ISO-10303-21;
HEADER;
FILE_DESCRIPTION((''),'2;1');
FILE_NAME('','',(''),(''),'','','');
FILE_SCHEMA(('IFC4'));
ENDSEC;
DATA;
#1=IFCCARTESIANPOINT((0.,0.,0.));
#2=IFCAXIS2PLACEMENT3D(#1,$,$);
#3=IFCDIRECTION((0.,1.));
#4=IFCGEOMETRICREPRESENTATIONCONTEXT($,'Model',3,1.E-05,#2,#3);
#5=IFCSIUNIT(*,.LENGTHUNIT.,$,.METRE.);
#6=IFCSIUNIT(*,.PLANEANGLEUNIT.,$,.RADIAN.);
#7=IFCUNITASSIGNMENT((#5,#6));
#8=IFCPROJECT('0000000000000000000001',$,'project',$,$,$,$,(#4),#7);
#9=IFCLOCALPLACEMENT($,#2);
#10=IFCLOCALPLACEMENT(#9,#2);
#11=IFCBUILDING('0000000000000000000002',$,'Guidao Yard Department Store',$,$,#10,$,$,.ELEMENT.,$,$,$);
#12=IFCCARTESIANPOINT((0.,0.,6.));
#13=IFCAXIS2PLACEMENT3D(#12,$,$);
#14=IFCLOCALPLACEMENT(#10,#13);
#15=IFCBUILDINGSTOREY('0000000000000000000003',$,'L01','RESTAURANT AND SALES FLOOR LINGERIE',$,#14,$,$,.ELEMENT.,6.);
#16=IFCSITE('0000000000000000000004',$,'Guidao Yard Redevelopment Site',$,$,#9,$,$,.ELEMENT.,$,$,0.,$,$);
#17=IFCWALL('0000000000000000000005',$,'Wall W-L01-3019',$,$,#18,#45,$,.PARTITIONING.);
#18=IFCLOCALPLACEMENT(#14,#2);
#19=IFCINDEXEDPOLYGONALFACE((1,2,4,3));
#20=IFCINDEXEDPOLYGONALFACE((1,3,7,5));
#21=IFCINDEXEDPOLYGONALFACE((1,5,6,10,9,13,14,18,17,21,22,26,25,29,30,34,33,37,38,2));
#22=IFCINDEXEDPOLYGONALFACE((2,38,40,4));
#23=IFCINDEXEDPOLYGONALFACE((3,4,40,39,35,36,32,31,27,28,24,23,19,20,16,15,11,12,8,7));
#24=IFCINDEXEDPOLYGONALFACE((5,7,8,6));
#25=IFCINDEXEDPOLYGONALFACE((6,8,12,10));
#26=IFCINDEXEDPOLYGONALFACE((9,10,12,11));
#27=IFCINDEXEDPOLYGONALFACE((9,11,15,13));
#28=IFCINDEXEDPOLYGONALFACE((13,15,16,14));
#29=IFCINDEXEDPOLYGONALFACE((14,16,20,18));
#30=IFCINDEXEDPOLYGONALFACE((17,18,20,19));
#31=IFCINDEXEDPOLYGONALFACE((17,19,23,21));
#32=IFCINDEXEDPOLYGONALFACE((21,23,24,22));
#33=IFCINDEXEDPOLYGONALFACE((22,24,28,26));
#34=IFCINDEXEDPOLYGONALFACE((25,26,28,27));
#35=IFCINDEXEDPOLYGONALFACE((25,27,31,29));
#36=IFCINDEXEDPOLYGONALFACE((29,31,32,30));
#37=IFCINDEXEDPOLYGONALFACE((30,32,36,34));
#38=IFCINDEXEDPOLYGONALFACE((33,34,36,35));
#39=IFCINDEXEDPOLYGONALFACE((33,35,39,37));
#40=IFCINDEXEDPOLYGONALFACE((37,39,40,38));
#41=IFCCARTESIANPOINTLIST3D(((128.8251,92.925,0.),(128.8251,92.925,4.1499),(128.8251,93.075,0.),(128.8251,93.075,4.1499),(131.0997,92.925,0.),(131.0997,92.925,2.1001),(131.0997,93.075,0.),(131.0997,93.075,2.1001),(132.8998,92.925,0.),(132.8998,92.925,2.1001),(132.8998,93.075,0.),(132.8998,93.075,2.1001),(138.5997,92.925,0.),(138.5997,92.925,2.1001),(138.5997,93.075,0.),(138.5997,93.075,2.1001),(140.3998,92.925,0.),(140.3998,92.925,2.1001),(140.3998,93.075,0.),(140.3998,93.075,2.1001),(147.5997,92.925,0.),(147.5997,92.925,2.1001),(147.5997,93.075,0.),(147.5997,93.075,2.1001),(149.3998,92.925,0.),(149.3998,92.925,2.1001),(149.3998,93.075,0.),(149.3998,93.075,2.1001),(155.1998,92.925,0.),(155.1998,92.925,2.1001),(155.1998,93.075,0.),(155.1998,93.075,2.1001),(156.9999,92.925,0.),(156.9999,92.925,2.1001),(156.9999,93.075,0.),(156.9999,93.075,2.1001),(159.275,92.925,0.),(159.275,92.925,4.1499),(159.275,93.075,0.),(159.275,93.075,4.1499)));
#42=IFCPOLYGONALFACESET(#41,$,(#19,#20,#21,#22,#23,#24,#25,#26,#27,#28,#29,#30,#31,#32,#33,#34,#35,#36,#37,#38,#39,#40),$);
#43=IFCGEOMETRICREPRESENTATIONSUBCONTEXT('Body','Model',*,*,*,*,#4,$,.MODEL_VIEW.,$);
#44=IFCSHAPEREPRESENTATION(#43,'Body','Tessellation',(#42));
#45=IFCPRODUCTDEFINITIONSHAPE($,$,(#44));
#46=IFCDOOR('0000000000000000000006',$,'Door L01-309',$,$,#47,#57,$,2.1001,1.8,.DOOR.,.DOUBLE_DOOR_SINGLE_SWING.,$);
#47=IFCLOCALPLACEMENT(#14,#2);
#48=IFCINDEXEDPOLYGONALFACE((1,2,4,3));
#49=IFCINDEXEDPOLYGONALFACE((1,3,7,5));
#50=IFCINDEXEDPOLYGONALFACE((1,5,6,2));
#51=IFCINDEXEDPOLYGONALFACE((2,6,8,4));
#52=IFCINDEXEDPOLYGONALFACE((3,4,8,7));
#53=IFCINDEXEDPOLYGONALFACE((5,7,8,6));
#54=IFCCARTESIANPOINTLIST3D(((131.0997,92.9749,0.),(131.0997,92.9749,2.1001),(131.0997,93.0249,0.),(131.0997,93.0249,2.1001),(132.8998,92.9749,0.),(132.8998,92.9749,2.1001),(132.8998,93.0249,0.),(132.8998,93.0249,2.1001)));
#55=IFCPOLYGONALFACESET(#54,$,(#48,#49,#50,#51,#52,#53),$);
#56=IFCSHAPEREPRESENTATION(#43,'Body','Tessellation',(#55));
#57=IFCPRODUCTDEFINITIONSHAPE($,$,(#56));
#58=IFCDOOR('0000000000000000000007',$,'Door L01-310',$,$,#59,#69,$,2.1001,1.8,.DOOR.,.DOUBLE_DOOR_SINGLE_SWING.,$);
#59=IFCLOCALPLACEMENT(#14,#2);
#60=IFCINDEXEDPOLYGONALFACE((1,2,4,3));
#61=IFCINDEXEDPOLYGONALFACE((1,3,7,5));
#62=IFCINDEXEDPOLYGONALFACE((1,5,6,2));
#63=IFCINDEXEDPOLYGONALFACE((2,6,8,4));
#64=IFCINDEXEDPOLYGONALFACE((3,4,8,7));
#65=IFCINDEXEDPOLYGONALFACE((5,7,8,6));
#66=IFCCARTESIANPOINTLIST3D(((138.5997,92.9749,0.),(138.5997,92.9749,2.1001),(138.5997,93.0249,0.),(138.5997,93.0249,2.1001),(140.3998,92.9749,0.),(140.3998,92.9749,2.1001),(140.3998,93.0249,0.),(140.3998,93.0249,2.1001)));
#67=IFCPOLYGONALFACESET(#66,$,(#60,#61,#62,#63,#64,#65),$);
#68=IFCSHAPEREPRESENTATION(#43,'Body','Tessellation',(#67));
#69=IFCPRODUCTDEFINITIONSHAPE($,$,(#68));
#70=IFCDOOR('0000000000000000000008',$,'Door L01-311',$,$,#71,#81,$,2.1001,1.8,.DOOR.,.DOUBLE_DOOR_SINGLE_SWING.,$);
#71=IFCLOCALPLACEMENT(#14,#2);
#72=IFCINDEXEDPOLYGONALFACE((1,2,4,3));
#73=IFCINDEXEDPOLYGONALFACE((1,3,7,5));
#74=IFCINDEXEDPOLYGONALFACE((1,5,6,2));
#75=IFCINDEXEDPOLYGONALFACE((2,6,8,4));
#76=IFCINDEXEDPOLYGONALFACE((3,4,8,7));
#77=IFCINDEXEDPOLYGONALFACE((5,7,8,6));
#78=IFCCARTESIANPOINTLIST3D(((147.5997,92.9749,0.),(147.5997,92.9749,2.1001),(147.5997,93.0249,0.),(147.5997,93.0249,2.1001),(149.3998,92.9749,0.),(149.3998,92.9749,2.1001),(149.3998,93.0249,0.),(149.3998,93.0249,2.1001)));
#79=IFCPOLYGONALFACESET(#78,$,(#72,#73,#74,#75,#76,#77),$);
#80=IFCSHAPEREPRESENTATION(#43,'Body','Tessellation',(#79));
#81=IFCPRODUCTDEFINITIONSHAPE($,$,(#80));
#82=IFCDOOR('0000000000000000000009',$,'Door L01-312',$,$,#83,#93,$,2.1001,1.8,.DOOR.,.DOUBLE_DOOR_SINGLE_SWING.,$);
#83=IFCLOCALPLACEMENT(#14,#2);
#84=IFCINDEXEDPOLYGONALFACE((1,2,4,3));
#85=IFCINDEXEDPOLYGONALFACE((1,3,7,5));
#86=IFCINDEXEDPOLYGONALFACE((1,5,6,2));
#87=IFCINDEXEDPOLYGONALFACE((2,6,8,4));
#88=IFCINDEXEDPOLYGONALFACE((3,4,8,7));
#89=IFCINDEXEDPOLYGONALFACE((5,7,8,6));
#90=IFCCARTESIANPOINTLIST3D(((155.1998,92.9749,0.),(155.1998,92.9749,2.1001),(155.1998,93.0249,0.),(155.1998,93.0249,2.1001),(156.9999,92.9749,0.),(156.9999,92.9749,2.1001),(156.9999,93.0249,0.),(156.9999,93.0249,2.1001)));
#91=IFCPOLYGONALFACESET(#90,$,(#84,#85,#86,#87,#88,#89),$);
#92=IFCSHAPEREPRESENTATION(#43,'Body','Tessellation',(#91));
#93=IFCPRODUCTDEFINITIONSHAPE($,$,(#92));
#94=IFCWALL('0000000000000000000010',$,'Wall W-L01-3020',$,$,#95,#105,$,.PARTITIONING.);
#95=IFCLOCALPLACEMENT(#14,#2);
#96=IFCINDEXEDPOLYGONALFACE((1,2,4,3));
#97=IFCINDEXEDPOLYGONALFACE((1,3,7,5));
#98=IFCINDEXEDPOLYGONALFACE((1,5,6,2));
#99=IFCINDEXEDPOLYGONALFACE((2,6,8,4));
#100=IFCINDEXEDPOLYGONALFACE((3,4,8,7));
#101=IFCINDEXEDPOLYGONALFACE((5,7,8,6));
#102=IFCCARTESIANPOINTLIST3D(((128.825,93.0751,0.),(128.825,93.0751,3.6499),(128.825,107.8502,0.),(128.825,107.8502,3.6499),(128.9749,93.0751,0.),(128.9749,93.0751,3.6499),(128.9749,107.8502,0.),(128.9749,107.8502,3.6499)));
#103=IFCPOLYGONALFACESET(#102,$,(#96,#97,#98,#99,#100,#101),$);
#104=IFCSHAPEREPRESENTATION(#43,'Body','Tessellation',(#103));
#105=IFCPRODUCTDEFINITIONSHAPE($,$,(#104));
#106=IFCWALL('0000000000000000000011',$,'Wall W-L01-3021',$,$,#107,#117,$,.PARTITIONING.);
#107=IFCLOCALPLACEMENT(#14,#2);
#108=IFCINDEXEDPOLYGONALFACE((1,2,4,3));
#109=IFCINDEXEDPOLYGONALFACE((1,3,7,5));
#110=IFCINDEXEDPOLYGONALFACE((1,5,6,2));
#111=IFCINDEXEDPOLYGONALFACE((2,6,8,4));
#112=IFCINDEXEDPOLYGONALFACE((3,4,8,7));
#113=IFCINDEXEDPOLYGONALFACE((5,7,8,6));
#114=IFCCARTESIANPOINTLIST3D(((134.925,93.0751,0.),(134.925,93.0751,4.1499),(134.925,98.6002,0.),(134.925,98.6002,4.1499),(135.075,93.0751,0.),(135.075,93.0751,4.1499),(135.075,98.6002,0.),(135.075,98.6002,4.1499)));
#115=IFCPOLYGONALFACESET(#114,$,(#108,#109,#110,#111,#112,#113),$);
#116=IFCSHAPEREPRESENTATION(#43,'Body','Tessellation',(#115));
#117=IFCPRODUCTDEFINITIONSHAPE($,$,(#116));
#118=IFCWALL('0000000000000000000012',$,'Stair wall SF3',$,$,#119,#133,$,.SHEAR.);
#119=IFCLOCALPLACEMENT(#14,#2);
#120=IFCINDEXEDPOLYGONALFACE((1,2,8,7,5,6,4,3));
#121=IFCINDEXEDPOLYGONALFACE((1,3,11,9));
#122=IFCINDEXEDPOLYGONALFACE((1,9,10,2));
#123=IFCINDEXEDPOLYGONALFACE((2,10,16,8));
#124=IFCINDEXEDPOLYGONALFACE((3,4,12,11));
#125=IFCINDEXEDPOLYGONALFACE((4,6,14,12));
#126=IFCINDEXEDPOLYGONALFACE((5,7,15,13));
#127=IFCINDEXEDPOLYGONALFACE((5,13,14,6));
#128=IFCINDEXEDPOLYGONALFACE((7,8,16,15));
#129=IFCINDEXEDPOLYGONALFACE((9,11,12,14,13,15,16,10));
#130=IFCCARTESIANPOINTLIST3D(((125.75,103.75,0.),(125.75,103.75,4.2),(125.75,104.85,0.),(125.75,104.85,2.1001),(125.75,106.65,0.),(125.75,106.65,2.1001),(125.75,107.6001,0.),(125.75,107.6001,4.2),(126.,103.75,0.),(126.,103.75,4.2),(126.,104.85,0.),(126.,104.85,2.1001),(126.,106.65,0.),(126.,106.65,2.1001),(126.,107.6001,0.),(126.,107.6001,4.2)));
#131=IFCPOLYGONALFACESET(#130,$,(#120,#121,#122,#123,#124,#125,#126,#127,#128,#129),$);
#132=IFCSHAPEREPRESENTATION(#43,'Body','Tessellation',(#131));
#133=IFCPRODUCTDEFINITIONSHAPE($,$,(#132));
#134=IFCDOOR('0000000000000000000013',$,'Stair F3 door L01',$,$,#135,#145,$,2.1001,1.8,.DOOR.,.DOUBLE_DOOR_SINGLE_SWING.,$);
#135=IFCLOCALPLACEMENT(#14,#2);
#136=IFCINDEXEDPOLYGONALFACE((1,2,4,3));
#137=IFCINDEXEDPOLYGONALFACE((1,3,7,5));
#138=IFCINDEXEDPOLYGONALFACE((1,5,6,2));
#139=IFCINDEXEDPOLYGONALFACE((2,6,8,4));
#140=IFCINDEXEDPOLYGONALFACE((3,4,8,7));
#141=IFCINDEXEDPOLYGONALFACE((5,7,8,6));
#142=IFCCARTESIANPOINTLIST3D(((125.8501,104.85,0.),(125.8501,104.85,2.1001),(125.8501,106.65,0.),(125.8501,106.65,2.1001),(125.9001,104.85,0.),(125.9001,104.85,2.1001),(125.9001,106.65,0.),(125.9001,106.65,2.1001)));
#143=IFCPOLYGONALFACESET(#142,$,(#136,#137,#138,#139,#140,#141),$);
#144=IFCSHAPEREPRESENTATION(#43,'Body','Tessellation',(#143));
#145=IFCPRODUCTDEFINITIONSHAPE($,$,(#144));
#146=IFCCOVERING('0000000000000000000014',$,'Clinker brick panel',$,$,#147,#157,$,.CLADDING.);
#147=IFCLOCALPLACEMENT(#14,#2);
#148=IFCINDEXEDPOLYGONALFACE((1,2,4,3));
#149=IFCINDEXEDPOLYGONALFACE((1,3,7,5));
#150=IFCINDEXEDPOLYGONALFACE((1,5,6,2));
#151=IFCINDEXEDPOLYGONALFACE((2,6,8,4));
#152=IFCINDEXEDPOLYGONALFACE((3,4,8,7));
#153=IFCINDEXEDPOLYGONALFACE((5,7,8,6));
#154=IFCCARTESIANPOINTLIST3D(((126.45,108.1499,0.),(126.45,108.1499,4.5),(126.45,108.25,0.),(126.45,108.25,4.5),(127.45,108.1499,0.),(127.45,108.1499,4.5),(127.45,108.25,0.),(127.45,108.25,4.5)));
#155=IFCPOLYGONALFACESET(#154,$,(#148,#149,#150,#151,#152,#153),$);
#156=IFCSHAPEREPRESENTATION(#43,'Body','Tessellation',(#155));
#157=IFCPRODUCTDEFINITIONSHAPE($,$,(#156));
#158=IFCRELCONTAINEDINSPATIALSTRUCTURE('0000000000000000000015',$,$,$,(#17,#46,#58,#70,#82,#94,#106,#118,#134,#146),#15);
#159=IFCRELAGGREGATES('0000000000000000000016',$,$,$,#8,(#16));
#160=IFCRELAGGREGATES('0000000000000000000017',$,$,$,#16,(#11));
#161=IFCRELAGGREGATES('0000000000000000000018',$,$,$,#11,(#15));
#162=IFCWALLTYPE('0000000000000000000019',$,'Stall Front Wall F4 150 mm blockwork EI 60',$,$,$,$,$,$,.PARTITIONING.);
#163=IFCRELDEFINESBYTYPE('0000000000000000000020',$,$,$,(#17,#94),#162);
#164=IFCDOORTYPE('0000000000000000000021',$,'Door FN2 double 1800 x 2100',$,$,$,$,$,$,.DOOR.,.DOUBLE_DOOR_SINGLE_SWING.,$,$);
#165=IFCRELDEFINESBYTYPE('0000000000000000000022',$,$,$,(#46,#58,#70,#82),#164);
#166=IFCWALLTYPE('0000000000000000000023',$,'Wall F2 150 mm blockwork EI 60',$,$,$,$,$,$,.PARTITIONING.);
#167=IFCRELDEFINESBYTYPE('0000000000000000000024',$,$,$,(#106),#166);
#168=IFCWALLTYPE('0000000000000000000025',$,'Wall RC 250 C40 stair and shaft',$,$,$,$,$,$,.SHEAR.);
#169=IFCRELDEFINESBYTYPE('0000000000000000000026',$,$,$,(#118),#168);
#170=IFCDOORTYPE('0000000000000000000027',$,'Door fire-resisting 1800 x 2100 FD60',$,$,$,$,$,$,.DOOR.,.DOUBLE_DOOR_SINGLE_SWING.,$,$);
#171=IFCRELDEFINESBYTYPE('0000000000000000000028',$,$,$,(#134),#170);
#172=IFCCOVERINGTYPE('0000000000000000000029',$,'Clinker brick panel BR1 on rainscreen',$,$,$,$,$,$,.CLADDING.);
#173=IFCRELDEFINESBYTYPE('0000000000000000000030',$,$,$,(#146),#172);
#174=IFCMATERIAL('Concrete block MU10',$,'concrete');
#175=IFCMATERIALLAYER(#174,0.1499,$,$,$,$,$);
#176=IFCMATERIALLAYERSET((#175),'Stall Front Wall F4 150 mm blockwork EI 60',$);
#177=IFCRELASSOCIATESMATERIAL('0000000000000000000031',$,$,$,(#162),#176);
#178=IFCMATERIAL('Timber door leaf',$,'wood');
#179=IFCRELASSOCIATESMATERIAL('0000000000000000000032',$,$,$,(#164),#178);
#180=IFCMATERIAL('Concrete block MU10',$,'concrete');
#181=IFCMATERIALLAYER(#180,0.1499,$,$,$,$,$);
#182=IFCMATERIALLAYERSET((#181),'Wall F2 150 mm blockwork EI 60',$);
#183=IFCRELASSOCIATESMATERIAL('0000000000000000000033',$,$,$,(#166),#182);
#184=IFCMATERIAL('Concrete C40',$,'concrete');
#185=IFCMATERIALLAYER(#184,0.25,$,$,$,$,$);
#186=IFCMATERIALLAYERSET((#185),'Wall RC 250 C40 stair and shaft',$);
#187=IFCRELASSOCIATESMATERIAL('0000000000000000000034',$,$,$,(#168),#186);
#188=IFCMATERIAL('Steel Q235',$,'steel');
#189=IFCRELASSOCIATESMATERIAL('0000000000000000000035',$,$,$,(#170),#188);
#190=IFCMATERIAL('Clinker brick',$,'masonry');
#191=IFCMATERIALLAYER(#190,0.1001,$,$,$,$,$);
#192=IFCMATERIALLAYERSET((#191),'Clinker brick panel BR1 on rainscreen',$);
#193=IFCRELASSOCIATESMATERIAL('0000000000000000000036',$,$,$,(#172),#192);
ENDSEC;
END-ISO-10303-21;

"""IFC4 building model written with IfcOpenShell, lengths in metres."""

from ifc_helpers import new_model, si_unit, direction, frame, frame_2d, origin, origin_2d, place, context, subcontext, project, spatial, rectangle, extrude, material, layer, layer_set, type_object, element, fill, save


model = new_model("IFC4")

# Units and contexts
model_context = context("Model", 3, precision=1e-05, world=origin(), true_north=direction((0.0, 1.0)))
body_context = subcontext(model_context, "Body", "Model", "MODEL_VIEW")
ifc_project = project(units=[si_unit("LENGTHUNIT", "METRE"), si_unit("PLANEANGLEUNIT", "RADIAN")], contexts=[model_context])

# Site, building, storey
site_placement = place(None, origin())
site = spatial("IfcSite", under=ifc_project, at=site_placement, Name="Guidao Yard Redevelopment Site", CompositionType="ELEMENT", RefElevation=0.0)
building_placement = place(site_placement, origin())
building = spatial("IfcBuilding", under=site, at=building_placement, Name="Guidao Yard Department Store", CompositionType="ELEMENT")
storey_placement = place(building_placement, frame((0.0, 0.0, 6.0)))
storey = spatial("IfcBuildingStorey", under=building, at=storey_placement, Name="L01", Description="RESTAURANT AND SALES FLOOR LINGERIE", CompositionType="ELEMENT", Elevation=6.0)

# Wall, openings, doors
ifc_material_1 = material(Name="Concrete block MU10", Category="concrete")
ifc_layer_1 = layer(ifc_material_1, 0.1499)
ifc_layer_set_1 = layer_set([ifc_layer_1], Name="Stall Front Wall F4 150 mm blockwork EI 60")
wall_type_1 = type_object("IfcWallType", Name="Stall Front Wall F4 150 mm blockwork EI 60", PredefinedType="PARTITIONING", material=ifc_layer_set_1)
wall_1_placement = place(storey_placement, frame((128.825, 93.0, 0.0), z_axis=(0.0, 0.0, 1.0), x_axis=(1.0, 0.0, 0.0)))
wall_1 = element("IfcWall", 1, at=wall_1_placement, inside=storey, type_object=wall_type_1, Name="Wall W-L01-3019", PredefinedType="PARTITIONING", context=body_context, shape_type="SweptSolid", body=[
    extrude(rectangle(XDim=30.45, YDim=0.1499, at=frame_2d((15.2251, 0.0))), origin(), (0.0, 0.0, 1.0), 4.1499),
])
opening_1_placement = place(wall_1_placement, frame((2.2749, 0.0, 0.0)))
opening_1 = element("IfcOpeningElement", 2, at=opening_1_placement, cuts=wall_1, PredefinedType="OPENING", context=body_context, shape_type="SweptSolid", body=[
    extrude(rectangle(XDim=1.8, YDim=2.1001, at=frame_2d((0.8999, 1.05))), frame((0.0, 0.085, 0.0), z_axis=(0.0, -1.0, 0.0), x_axis=(1.0, 0.0, 0.0)), (0.0, 0.0, 1.0), 0.1699),
])
opening_2_placement = place(wall_1_placement, frame((9.7749, 0.0, 0.0)))
opening_2 = element("IfcOpeningElement", 3, at=opening_2_placement, cuts=wall_1, PredefinedType="OPENING", context=body_context, shape_type="SweptSolid", body=[
    extrude(rectangle(XDim=1.8, YDim=2.1001, at=frame_2d((0.8999, 1.05))), frame((0.0, 0.085, 0.0), z_axis=(0.0, -1.0, 0.0), x_axis=(1.0, 0.0, 0.0)), (0.0, 0.0, 1.0), 0.1699),
])
opening_3_placement = place(wall_1_placement, frame((18.7749, 0.0, 0.0)))
opening_3 = element("IfcOpeningElement", 4, at=opening_3_placement, cuts=wall_1, PredefinedType="OPENING", context=body_context, shape_type="SweptSolid", body=[
    extrude(rectangle(XDim=1.8, YDim=2.1001, at=frame_2d((0.8999, 1.05))), frame((0.0, 0.085, 0.0), z_axis=(0.0, -1.0, 0.0), x_axis=(1.0, 0.0, 0.0)), (0.0, 0.0, 1.0), 0.1699),
])
opening_4_placement = place(wall_1_placement, frame((26.375, 0.0, 0.0)))
opening_4 = element("IfcOpeningElement", 5, at=opening_4_placement, cuts=wall_1, PredefinedType="OPENING", context=body_context, shape_type="SweptSolid", body=[
    extrude(rectangle(XDim=1.8, YDim=2.1001, at=frame_2d((0.8999, 1.05))), frame((0.0, 0.085, 0.0), z_axis=(0.0, -1.0, 0.0), x_axis=(1.0, 0.0, 0.0)), (0.0, 0.0, 1.0), 0.1699),
])
ifc_material_2 = material(Name="Timber door leaf", Category="wood")
door_type_1 = type_object("IfcDoorType", Name="Door FN2 double 1800 x 2100", OperationType="DOUBLE_DOOR_SINGLE_SWING", PredefinedType="DOOR", material=ifc_material_2)
door_1_placement = place(opening_1_placement, origin())
door_1 = element("IfcDoor", 6, at=door_1_placement, inside=storey, type_object=door_type_1, Name="Door L01-309", OperationType="DOUBLE_DOOR_SINGLE_SWING", OverallHeight=2.1001, OverallWidth=1.8, PredefinedType="DOOR", context=body_context, shape_type="SweptSolid", body=[
    extrude(rectangle(XDim=1.8, YDim=2.1001, at=frame_2d((0.8999, 1.05))), frame((0.0, 0.0249, 0.0), z_axis=(0.0, -1.0, 0.0), x_axis=(1.0, 0.0, 0.0)), (0.0, 0.0, 1.0), 0.05),
])
fill(opening_1, door_1)
door_2_placement = place(opening_2_placement, origin())
door_2 = element("IfcDoor", 7, at=door_2_placement, inside=storey, type_object=door_type_1, Name="Door L01-310", OperationType="DOUBLE_DOOR_SINGLE_SWING", OverallHeight=2.1001, OverallWidth=1.8, PredefinedType="DOOR", context=body_context, shape_type="SweptSolid", body=[
    extrude(rectangle(XDim=1.8, YDim=2.1001, at=frame_2d((0.8999, 1.05))), frame((0.0, 0.0249, 0.0), z_axis=(0.0, -1.0, 0.0), x_axis=(1.0, 0.0, 0.0)), (0.0, 0.0, 1.0), 0.05),
])
fill(opening_2, door_2)
door_3_placement = place(opening_3_placement, origin())
door_3 = element("IfcDoor", 8, at=door_3_placement, inside=storey, type_object=door_type_1, Name="Door L01-311", OperationType="DOUBLE_DOOR_SINGLE_SWING", OverallHeight=2.1001, OverallWidth=1.8, PredefinedType="DOOR", context=body_context, shape_type="SweptSolid", body=[
    extrude(rectangle(XDim=1.8, YDim=2.1001, at=frame_2d((0.8999, 1.05))), frame((0.0, 0.0249, 0.0), z_axis=(0.0, -1.0, 0.0), x_axis=(1.0, 0.0, 0.0)), (0.0, 0.0, 1.0), 0.05),
])
fill(opening_3, door_3)
door_4_placement = place(opening_4_placement, origin())
door_4 = element("IfcDoor", 9, at=door_4_placement, inside=storey, type_object=door_type_1, Name="Door L01-312", OperationType="DOUBLE_DOOR_SINGLE_SWING", OverallHeight=2.1001, OverallWidth=1.8, PredefinedType="DOOR", context=body_context, shape_type="SweptSolid", body=[
    extrude(rectangle(XDim=1.8, YDim=2.1001, at=frame_2d((0.8999, 1.05))), frame((0.0, 0.0249, 0.0), z_axis=(0.0, -1.0, 0.0), x_axis=(1.0, 0.0, 0.0)), (0.0, 0.0, 1.0), 0.05),
])
fill(opening_4, door_4)

# Walls
wall_2_placement = place(storey_placement, frame((128.8999, 93.075, 0.0), z_axis=(0.0, 0.0, 1.0), x_axis=(0.0, 1.0, 0.0)))
element("IfcWall", 10, at=wall_2_placement, inside=storey, type_object=wall_type_1, Name="Wall W-L01-3020", PredefinedType="PARTITIONING", context=body_context, shape_type="SweptSolid", body=[
    extrude(rectangle(XDim=14.7751, YDim=0.1499, at=frame_2d((7.3877, 0.0))), origin(), (0.0, 0.0, 1.0), 3.6499),
])
ifc_material_3 = material(Name="Concrete block MU10", Category="concrete")
ifc_layer_2 = layer(ifc_material_3, 0.1499)
ifc_layer_set_2 = layer_set([ifc_layer_2], Name="Wall F2 150 mm blockwork EI 60")
wall_type_2 = type_object("IfcWallType", Name="Wall F2 150 mm blockwork EI 60", PredefinedType="PARTITIONING", material=ifc_layer_set_2)
wall_3_placement = place(storey_placement, frame((135.0, 93.075, 0.0), z_axis=(0.0, 0.0, 1.0), x_axis=(0.0, 1.0, 0.0)))
element("IfcWall", 11, at=wall_3_placement, inside=storey, type_object=wall_type_2, Name="Wall W-L01-3021", PredefinedType="PARTITIONING", context=body_context, shape_type="SweptSolid", body=[
    extrude(rectangle(XDim=5.5251, YDim=0.1499, at=frame_2d((2.7627, 0.0))), origin(), (0.0, 0.0, 1.0), 4.1499),
])

# Wall, opening, door
ifc_material_4 = material(Name="Concrete C40", Category="concrete")
ifc_layer_3 = layer(ifc_material_4, 0.25)
ifc_layer_set_3 = layer_set([ifc_layer_3], Name="Wall RC 250 C40 stair and shaft")
wall_type_3 = type_object("IfcWallType", Name="Wall RC 250 C40 stair and shaft", PredefinedType="SHEAR", material=ifc_layer_set_3)
wall_4_placement = place(storey_placement, frame((125.875, 103.75, 0.0), z_axis=(0.0, 0.0, 1.0), x_axis=(0.0, 1.0, 0.0)))
wall_4 = element("IfcWall", 12, at=wall_4_placement, inside=storey, type_object=wall_type_3, Name="Stair wall SF3", PredefinedType="SHEAR", context=body_context, shape_type="SweptSolid", body=[
    extrude(rectangle(XDim=3.8501, YDim=0.25, at=frame_2d((1.925, 0.0))), origin(), (0.0, 0.0, 1.0), 4.2),
])
opening_5_placement = place(wall_4_placement, frame((1.1001, 0.0, 0.0)))
opening_5 = element("IfcOpeningElement", 13, at=opening_5_placement, cuts=wall_4, PredefinedType="OPENING", context=body_context, shape_type="SweptSolid", body=[
    extrude(rectangle(XDim=1.8, YDim=2.1001, at=frame_2d((0.8999, 1.05))), frame((0.0, 0.135, 0.0), z_axis=(0.0, -1.0, 0.0), x_axis=(1.0, 0.0, 0.0)), (0.0, 0.0, 1.0), 0.27),
])
ifc_material_5 = material(Name="Steel Q235", Category="steel")
door_type_2 = type_object("IfcDoorType", Name="Door fire-resisting 1800 x 2100 FD60", OperationType="DOUBLE_DOOR_SINGLE_SWING", PredefinedType="DOOR", material=ifc_material_5)
door_5_placement = place(opening_5_placement, origin())
door_5 = element("IfcDoor", 14, at=door_5_placement, inside=storey, type_object=door_type_2, Name="Stair F3 door L01", OperationType="DOUBLE_DOOR_SINGLE_SWING", OverallHeight=2.1001, OverallWidth=1.8, PredefinedType="DOOR", context=body_context, shape_type="SweptSolid", body=[
    extrude(rectangle(XDim=1.8, YDim=2.1001, at=frame_2d((0.8999, 1.05))), frame((0.0, 0.0249, 0.0), z_axis=(0.0, -1.0, 0.0), x_axis=(1.0, 0.0, 0.0)), (0.0, 0.0, 1.0), 0.05),
])
fill(opening_5, door_5)

# Covering
ifc_material_6 = material(Name="Clinker brick", Category="masonry")
ifc_layer_4 = layer(ifc_material_6, 0.1001)
ifc_layer_set_4 = layer_set([ifc_layer_4], Name="Clinker brick panel BR1 on rainscreen")
covering_type = type_object("IfcCoveringType", Name="Clinker brick panel BR1 on rainscreen", PredefinedType="CLADDING", material=ifc_layer_set_4)
covering_1_placement = place(storey_placement, frame((126.95, 108.2, 0.0), z_axis=(0.0, 0.0, 1.0), x_axis=(1.0, 0.0, 0.0)))
element("IfcCovering", 15, at=covering_1_placement, inside=storey, type_object=covering_type, Name="Clinker brick panel", PredefinedType="CLADDING", context=body_context, shape_type="SweptSolid", body=[
    extrude(rectangle(XDim=1.0, YDim=0.1001, at=origin_2d()), origin(), (0.0, 0.0, 1.0), 4.5),
])

save(model, "model.ifc")
